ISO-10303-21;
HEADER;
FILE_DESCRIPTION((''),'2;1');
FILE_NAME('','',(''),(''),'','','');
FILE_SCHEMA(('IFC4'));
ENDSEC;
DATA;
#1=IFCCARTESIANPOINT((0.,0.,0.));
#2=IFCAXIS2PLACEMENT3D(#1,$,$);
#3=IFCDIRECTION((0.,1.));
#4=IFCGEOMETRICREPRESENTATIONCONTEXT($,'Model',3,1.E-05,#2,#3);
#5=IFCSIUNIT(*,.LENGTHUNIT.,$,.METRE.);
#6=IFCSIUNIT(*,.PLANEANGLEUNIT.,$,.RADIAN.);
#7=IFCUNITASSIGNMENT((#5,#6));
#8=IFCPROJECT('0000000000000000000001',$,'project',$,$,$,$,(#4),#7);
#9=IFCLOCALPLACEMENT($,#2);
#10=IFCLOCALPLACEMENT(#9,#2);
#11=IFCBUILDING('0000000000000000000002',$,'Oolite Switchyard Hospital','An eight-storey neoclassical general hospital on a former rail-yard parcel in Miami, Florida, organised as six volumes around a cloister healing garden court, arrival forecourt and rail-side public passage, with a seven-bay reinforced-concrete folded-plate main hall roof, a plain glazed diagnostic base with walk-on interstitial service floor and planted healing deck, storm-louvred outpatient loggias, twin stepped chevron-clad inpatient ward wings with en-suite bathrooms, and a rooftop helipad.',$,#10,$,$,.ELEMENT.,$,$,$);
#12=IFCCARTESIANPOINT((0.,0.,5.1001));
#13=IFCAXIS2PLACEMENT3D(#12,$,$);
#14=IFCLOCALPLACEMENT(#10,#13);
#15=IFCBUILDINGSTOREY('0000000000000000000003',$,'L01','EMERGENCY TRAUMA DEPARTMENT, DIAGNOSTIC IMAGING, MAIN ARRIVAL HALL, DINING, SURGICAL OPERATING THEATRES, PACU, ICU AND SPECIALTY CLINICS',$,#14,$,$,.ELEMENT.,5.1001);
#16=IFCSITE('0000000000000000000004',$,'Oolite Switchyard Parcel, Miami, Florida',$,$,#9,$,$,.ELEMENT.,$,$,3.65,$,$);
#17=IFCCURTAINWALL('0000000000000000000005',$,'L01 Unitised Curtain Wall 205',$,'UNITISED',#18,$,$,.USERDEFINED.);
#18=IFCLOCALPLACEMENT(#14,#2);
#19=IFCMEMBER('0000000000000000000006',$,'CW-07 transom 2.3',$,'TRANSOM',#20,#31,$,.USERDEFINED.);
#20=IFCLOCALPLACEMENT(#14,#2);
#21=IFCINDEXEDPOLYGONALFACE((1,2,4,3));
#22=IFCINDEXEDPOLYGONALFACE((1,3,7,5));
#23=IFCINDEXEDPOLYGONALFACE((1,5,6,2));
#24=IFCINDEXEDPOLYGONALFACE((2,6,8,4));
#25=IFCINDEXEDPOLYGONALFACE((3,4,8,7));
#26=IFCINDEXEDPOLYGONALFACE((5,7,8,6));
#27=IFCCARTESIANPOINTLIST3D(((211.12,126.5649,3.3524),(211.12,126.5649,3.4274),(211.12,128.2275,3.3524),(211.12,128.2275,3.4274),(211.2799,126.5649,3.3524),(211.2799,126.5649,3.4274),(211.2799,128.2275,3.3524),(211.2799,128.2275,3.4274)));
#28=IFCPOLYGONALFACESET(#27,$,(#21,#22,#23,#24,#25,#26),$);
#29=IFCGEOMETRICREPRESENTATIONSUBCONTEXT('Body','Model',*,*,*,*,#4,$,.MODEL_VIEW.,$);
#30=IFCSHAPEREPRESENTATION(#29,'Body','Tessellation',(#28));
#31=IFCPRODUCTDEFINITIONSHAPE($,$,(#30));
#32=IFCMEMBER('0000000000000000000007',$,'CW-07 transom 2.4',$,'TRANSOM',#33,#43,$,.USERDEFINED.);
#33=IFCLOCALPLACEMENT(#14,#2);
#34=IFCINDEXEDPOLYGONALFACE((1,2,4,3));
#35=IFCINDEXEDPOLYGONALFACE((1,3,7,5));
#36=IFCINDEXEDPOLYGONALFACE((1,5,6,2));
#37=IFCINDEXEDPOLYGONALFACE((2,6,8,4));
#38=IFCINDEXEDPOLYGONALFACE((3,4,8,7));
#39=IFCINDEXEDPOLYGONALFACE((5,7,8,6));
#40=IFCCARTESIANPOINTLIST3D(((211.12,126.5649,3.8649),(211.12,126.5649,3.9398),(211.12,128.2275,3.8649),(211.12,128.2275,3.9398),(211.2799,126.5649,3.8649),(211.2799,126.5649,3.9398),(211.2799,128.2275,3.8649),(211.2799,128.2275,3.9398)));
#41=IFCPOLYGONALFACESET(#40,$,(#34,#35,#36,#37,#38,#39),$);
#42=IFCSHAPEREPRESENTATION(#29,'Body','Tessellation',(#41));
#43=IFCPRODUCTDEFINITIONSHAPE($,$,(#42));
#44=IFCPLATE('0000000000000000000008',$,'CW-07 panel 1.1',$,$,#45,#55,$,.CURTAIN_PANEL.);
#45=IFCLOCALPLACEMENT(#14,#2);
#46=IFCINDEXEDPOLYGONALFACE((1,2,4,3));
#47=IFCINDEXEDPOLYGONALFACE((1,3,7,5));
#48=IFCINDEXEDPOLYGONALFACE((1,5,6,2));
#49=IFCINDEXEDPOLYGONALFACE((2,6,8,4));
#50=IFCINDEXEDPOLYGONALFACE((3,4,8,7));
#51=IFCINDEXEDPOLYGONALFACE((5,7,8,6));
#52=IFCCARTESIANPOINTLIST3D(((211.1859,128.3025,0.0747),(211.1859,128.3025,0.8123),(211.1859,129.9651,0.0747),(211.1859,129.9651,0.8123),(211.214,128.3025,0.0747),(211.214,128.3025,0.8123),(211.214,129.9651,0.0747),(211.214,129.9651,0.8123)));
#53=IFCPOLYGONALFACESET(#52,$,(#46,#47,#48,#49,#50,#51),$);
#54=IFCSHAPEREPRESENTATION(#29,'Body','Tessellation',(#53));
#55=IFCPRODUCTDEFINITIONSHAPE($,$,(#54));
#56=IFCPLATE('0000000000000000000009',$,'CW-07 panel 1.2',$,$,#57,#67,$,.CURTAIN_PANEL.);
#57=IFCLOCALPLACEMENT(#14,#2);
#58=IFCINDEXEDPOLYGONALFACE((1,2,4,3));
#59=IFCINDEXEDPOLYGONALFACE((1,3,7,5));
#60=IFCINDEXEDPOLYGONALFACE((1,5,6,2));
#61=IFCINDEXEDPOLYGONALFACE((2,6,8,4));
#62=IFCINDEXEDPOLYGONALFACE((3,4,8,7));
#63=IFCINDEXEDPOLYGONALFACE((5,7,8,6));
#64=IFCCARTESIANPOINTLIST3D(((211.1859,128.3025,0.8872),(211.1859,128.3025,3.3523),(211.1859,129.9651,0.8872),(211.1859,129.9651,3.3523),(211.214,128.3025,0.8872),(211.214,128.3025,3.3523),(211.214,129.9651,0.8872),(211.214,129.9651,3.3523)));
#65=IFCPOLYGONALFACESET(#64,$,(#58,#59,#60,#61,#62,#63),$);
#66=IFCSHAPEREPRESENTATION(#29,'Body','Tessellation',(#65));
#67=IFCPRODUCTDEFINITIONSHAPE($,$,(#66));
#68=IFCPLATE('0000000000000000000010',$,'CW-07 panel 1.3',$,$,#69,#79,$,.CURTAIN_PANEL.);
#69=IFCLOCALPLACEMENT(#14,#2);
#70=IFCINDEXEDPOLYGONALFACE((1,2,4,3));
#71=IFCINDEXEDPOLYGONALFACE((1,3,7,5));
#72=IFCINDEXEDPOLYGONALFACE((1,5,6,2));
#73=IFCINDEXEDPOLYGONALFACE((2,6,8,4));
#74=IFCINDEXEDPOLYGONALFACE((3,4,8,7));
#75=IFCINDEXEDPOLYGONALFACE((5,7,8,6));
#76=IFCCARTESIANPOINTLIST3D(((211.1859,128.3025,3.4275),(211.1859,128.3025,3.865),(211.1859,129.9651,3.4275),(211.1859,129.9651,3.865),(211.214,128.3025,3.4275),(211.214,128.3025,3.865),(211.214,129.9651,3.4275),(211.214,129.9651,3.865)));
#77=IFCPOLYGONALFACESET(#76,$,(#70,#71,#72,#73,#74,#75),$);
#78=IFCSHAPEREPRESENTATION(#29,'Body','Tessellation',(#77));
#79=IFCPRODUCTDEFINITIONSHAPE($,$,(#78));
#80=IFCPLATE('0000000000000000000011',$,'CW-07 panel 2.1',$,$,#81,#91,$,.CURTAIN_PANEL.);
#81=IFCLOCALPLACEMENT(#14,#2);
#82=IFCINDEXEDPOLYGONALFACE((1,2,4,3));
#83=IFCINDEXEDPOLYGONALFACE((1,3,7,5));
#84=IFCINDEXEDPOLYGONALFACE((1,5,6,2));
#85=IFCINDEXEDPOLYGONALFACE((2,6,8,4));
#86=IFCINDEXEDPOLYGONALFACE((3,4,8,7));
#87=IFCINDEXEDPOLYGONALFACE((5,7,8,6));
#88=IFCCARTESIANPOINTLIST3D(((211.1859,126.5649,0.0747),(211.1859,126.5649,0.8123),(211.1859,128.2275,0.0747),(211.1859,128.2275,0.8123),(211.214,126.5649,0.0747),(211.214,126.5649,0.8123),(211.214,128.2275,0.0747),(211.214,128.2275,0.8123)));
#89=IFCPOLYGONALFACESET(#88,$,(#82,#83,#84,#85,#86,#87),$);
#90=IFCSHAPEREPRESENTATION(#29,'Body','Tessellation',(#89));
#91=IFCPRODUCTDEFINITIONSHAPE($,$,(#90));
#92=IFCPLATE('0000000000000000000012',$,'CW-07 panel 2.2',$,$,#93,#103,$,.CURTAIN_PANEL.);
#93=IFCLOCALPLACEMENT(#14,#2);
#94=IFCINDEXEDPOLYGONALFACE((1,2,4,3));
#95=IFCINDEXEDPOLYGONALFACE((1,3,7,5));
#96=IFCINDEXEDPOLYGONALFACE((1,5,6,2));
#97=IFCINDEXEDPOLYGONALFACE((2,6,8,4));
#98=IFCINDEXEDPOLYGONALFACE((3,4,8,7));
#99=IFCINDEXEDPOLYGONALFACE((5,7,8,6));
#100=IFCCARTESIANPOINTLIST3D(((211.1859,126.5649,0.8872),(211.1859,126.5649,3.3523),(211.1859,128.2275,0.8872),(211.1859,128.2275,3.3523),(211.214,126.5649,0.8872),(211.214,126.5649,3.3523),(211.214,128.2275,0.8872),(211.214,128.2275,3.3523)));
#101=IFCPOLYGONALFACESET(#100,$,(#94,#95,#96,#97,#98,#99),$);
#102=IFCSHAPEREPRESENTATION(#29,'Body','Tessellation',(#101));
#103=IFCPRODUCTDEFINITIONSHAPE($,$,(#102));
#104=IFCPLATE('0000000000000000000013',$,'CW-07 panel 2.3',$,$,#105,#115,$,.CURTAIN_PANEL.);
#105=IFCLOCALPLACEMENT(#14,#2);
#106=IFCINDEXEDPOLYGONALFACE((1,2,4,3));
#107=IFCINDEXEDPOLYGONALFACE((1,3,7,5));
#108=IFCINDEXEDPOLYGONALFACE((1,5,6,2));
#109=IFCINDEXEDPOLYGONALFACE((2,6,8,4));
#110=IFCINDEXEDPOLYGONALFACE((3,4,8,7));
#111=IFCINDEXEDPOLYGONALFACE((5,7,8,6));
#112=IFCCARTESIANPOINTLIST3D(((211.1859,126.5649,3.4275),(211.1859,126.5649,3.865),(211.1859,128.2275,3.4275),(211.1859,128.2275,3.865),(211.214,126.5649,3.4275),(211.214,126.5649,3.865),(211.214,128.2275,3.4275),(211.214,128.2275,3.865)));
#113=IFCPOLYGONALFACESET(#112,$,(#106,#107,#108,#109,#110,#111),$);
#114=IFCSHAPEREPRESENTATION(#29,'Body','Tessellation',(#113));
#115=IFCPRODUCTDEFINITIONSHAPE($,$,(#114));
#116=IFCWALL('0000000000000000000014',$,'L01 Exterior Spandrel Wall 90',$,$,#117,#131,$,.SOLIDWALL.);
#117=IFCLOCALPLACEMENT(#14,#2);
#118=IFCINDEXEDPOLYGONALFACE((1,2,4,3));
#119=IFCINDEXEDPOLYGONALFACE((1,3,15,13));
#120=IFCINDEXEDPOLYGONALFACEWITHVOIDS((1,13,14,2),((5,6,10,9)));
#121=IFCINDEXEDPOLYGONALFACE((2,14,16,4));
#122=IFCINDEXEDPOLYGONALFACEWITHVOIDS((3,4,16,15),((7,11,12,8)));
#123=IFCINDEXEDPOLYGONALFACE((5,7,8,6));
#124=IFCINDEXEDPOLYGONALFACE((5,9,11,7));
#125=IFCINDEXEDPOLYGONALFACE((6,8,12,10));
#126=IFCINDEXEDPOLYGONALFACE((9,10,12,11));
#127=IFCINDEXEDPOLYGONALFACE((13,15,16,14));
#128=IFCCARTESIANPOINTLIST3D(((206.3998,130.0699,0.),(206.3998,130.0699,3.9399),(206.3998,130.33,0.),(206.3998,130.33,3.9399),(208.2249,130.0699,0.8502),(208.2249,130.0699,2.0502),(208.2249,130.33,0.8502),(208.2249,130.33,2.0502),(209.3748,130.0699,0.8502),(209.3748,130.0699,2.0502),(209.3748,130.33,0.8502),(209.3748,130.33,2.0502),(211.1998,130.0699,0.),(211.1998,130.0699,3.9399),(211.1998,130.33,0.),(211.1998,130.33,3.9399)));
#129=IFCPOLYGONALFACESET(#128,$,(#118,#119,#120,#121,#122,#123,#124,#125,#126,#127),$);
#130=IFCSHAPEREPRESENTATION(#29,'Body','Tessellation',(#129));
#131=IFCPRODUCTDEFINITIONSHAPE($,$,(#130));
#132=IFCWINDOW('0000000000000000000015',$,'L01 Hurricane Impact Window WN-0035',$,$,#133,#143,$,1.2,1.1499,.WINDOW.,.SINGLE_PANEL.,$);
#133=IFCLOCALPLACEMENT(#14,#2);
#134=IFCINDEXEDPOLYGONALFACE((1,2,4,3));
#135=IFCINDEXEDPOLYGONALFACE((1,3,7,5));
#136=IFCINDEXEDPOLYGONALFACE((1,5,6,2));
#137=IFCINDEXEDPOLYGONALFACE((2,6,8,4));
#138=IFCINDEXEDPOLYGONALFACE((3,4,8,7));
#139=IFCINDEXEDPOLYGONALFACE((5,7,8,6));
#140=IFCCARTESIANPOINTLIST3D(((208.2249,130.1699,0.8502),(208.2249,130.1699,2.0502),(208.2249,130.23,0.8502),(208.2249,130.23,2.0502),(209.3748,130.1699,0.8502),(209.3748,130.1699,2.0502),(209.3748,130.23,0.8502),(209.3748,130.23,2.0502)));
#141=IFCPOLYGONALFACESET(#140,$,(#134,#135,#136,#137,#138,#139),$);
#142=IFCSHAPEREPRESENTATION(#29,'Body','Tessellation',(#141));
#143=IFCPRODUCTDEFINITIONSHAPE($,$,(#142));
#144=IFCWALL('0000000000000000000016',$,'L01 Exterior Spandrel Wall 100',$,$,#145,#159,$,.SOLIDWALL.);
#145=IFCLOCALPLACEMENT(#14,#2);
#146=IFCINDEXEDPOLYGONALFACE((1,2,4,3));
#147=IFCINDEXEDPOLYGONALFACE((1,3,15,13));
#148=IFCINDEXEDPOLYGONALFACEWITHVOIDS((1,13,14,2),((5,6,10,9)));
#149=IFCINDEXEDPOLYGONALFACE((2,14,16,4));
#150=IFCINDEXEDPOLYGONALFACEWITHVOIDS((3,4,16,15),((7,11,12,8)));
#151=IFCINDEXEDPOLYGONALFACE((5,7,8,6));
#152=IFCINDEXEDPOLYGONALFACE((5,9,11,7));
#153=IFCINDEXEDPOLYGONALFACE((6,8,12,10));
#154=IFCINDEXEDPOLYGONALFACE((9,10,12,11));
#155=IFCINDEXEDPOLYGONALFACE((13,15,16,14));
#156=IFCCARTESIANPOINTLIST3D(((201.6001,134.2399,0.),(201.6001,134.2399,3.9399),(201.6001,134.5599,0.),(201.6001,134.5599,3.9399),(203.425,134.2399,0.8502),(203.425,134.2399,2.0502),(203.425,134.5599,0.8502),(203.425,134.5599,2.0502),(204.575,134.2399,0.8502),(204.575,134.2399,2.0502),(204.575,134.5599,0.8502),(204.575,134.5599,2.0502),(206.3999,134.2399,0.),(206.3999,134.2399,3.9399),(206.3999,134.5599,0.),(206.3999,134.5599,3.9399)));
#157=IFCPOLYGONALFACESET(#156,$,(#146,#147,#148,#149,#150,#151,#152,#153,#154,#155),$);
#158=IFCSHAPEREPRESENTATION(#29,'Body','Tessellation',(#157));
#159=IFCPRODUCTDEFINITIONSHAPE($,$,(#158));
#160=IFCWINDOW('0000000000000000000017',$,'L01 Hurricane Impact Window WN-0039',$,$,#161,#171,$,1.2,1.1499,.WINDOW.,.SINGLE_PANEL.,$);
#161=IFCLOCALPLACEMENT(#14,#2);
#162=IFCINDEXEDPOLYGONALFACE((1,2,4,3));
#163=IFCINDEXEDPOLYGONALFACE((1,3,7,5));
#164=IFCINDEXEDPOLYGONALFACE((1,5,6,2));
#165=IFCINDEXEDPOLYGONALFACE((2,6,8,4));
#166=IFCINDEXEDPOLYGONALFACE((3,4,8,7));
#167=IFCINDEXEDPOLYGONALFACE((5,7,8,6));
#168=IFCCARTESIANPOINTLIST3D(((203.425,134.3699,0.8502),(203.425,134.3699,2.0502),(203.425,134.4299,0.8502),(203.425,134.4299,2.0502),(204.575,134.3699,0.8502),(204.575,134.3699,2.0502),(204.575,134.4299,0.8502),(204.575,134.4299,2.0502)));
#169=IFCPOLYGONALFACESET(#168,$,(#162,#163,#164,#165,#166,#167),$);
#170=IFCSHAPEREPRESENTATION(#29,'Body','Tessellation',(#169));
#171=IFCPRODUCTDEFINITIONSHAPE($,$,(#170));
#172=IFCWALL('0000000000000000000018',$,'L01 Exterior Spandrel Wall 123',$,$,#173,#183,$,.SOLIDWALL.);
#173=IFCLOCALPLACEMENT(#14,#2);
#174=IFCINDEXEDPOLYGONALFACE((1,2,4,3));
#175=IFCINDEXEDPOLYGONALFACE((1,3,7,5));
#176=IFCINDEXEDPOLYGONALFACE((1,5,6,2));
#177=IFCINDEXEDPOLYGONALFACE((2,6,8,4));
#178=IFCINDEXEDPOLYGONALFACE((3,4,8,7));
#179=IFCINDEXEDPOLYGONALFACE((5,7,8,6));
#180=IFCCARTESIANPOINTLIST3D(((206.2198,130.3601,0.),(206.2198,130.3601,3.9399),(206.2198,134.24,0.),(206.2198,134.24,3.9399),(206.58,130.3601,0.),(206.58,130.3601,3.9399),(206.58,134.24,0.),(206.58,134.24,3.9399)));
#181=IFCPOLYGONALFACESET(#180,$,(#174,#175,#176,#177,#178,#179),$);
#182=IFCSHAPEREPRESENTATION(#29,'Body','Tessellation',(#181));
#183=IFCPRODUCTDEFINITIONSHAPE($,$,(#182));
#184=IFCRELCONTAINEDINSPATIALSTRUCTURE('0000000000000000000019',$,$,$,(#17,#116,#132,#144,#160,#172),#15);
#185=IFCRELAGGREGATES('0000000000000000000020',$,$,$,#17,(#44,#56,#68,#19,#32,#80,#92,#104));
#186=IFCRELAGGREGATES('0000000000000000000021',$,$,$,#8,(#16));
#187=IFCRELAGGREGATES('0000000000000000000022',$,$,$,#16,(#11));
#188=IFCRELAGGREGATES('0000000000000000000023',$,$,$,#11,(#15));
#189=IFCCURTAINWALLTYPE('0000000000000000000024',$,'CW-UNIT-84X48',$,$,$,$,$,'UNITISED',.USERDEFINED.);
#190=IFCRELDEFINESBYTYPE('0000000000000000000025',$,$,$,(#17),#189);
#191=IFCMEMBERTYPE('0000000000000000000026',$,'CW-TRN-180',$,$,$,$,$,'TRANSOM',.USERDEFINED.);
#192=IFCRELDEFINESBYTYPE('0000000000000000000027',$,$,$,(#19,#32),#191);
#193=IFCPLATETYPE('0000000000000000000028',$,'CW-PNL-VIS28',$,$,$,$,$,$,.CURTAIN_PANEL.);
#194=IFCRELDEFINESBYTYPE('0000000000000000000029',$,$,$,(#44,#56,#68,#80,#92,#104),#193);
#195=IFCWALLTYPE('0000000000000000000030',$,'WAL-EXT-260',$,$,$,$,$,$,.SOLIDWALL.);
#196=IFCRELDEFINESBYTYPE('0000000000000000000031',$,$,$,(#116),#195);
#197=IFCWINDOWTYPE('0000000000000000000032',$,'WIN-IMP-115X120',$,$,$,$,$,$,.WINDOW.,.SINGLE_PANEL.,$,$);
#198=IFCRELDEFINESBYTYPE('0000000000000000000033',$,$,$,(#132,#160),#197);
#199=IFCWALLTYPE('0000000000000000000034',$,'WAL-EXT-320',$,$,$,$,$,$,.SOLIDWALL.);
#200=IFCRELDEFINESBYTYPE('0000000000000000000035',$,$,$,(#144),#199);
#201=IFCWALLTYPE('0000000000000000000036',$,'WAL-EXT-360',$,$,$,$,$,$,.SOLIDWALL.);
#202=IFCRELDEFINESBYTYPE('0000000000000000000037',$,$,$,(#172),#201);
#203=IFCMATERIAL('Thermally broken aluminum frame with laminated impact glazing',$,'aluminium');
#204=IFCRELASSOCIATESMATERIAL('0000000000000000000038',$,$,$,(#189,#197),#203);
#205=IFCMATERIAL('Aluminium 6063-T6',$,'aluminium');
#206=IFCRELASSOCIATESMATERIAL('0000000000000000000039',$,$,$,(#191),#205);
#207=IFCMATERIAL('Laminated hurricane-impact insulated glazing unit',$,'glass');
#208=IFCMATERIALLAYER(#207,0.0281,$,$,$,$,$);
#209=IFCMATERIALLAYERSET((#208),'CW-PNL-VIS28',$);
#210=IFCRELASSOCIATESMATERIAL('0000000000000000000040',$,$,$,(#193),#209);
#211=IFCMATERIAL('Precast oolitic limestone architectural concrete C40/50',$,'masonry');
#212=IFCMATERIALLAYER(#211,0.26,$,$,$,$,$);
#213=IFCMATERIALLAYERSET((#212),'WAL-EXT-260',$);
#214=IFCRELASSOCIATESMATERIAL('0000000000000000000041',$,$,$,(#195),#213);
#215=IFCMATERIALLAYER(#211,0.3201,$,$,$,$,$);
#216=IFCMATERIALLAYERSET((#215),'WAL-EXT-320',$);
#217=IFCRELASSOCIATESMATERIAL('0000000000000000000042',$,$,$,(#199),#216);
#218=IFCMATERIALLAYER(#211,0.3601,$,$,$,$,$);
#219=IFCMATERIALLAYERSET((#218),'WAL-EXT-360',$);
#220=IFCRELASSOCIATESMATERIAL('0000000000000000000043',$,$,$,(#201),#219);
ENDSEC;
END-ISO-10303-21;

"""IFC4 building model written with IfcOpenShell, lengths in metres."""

from ifc_helpers import new_model, si_unit, direction, frame, frame_2d, origin, origin_2d, place, context, subcontext, project, spatial, rectangle, extrude, material, layer, layer_set, material_profile, profile_set, type_object, element, fill, aggregate, save


model = new_model("IFC4")

# Units and contexts
model_context = context("Model", 3, precision=1e-05, world=origin(), true_north=direction((0.0, 1.0)))
body_context = subcontext(model_context, "Body", "Model", "MODEL_VIEW")
ifc_project = project(units=[si_unit("LENGTHUNIT", "METRE"), si_unit("PLANEANGLEUNIT", "RADIAN")], contexts=[model_context])

# Site, building, storey
site_placement = place(None, origin())
site = spatial("IfcSite", under=ifc_project, at=site_placement, Name="Oolite Switchyard Parcel, Miami, Florida", CompositionType="ELEMENT", RefElevation=3.65)
building_placement = place(site_placement, origin())
building = spatial("IfcBuilding", under=site, at=building_placement, Name="Oolite Switchyard Hospital", Description="An eight-storey neoclassical general hospital on a former rail-yard parcel in Miami, Florida, organised as six volumes around a cloister healing garden court, arrival forecourt and rail-side public passage, with a seven-bay reinforced-concrete folded-plate main hall roof, a plain glazed diagnostic base with walk-on interstitial service floor and planted healing deck, storm-louvred outpatient loggias, twin stepped chevron-clad inpatient ward wings with en-suite bathrooms, and a rooftop helipad.", CompositionType="ELEMENT")
storey_placement = place(building_placement, frame((0.0, 0.0, 5.1001)))
storey = spatial("IfcBuildingStorey", under=building, at=storey_placement, Name="L01", Description="EMERGENCY TRAUMA DEPARTMENT, DIAGNOSTIC IMAGING, MAIN ARRIVAL HALL, DINING, SURGICAL OPERATING THEATRES, PACU, ICU AND SPECIALTY CLINICS", CompositionType="ELEMENT", Elevation=5.1001)

# Curtain wall, members, plates
ifc_material_1 = material(Name="Thermally broken aluminum frame with laminated impact glazing", Category="aluminium")
curtain_wall_type = type_object("IfcCurtainWallType", Name="CW-UNIT-84X48", ElementType="UNITISED", PredefinedType="USERDEFINED", material=ifc_material_1)
curtain_wall_placement = place(storey_placement, origin())
curtain_wall = element("IfcCurtainWall", 1, at=curtain_wall_placement, inside=storey, type_object=curtain_wall_type, Name="L01 Unitised Curtain Wall 205", ObjectType="UNITISED", PredefinedType="USERDEFINED")
ifc_material_2 = material(Name="Aluminium 6063-T6", Category="aluminium")
ifc_material_profile_1 = material_profile(ifc_material_2, rectangle(XDim=0.1599, YDim=0.075, at=origin_2d()), Name="CWT75X160")
ifc_profile_set_1 = profile_set([ifc_material_profile_1], Name="Aluminium 6063-T6")
member_type_1 = type_object("IfcMemberType", Name="CW-TRN-180", ElementType="TRANSOM", PredefinedType="USERDEFINED", material=ifc_profile_set_1)
member_1_placement = place(storey_placement, frame((211.2, 128.2275, 3.3899), z_axis=(0.0, -1.0, 0.0), x_axis=(1.0, 0.0, 0.0)))
member_1 = element("IfcMember", 2, at=member_1_placement, type_object=member_type_1, Name="CW-07 transom 2.3", ObjectType="TRANSOM", PredefinedType="USERDEFINED", context=body_context, shape_type="SweptSolid", body=[
    extrude(rectangle(XDim=0.1599, YDim=0.075, at=origin_2d()), origin(), (0.0, 0.0, 1.0), 1.6626),
])
member_2_placement = place(storey_placement, frame((211.2, 128.2275, 3.9023), z_axis=(0.0, -1.0, 0.0), x_axis=(1.0, 0.0, 0.0)))
member_2 = element("IfcMember", 3, at=member_2_placement, type_object=member_type_1, Name="CW-07 transom 2.4", ObjectType="TRANSOM", PredefinedType="USERDEFINED", context=body_context, shape_type="SweptSolid", body=[
    extrude(rectangle(XDim=0.1599, YDim=0.075, at=origin_2d()), origin(), (0.0, 0.0, 1.0), 1.6626),
])
ifc_material_3 = material(Name="Laminated hurricane-impact insulated glazing unit", Category="glass")
ifc_layer_1 = layer(ifc_material_3, 0.0281)
ifc_layer_set_1 = layer_set([ifc_layer_1], Name="CW-PNL-VIS28")
plate_type = type_object("IfcPlateType", Name="CW-PNL-VIS28", PredefinedType="CURTAIN_PANEL", material=ifc_layer_set_1)
plate_1_placement = place(storey_placement, frame((211.2, 129.1338, 0.0747), z_axis=(0.0, 0.0, 1.0), x_axis=(0.0, -1.0, 0.0)))
plate_1 = element("IfcPlate", 4, at=plate_1_placement, type_object=plate_type, Name="CW-07 panel 1.1", PredefinedType="CURTAIN_PANEL", context=body_context, shape_type="SweptSolid", body=[
    extrude(rectangle(XDim=1.6626, YDim=0.0281, at=origin_2d()), origin(), (0.0, 0.0, 1.0), 0.7375),
])
plate_2_placement = place(storey_placement, frame((211.2, 129.1338, 0.8872), z_axis=(0.0, 0.0, 1.0), x_axis=(0.0, -1.0, 0.0)))
plate_2 = element("IfcPlate", 5, at=plate_2_placement, type_object=plate_type, Name="CW-07 panel 1.2", PredefinedType="CURTAIN_PANEL", context=body_context, shape_type="SweptSolid", body=[
    extrude(rectangle(XDim=1.6626, YDim=0.0281, at=origin_2d()), origin(), (0.0, 0.0, 1.0), 2.4651),
])
plate_3_placement = place(storey_placement, frame((211.2, 129.1338, 3.4275), z_axis=(0.0, 0.0, 1.0), x_axis=(0.0, -1.0, 0.0)))
plate_3 = element("IfcPlate", 6, at=plate_3_placement, type_object=plate_type, Name="CW-07 panel 1.3", PredefinedType="CURTAIN_PANEL", context=body_context, shape_type="SweptSolid", body=[
    extrude(rectangle(XDim=1.6626, YDim=0.0281, at=origin_2d()), origin(), (0.0, 0.0, 1.0), 0.4375),
])
plate_4_placement = place(storey_placement, frame((211.2, 127.3962, 0.0747), z_axis=(0.0, 0.0, 1.0), x_axis=(0.0, -1.0, 0.0)))
plate_4 = element("IfcPlate", 7, at=plate_4_placement, type_object=plate_type, Name="CW-07 panel 2.1", PredefinedType="CURTAIN_PANEL", context=body_context, shape_type="SweptSolid", body=[
    extrude(rectangle(XDim=1.6626, YDim=0.0281, at=origin_2d()), origin(), (0.0, 0.0, 1.0), 0.7375),
])
plate_5_placement = place(storey_placement, frame((211.2, 127.3962, 0.8872), z_axis=(0.0, 0.0, 1.0), x_axis=(0.0, -1.0, 0.0)))
plate_5 = element("IfcPlate", 8, at=plate_5_placement, type_object=plate_type, Name="CW-07 panel 2.2", PredefinedType="CURTAIN_PANEL", context=body_context, shape_type="SweptSolid", body=[
    extrude(rectangle(XDim=1.6626, YDim=0.0281, at=origin_2d()), origin(), (0.0, 0.0, 1.0), 2.4651),
])
plate_6_placement = place(storey_placement, frame((211.2, 127.3962, 3.4275), z_axis=(0.0, 0.0, 1.0), x_axis=(0.0, -1.0, 0.0)))
plate_6 = element("IfcPlate", 9, at=plate_6_placement, type_object=plate_type, Name="CW-07 panel 2.3", PredefinedType="CURTAIN_PANEL", context=body_context, shape_type="SweptSolid", body=[
    extrude(rectangle(XDim=1.6626, YDim=0.0281, at=origin_2d()), origin(), (0.0, 0.0, 1.0), 0.4375),
])
aggregate(curtain_wall, [plate_1, plate_2, plate_3, member_1, member_2, plate_4, plate_5, plate_6])

# Walls, openings, windows
ifc_material_4 = material(Name="Precast oolitic limestone architectural concrete C40/50", Category="masonry")
ifc_layer_2 = layer(ifc_material_4, 0.26)
ifc_layer_set_2 = layer_set([ifc_layer_2], Name="WAL-EXT-260")
wall_type_1 = type_object("IfcWallType", Name="WAL-EXT-260", PredefinedType="SOLIDWALL", material=ifc_layer_set_2)
wall_1_placement = place(storey_placement, frame((206.3999, 130.2, 0.0), z_axis=(0.0, 0.0, 1.0), x_axis=(1.0, 0.0, 0.0)))
wall_1 = element("IfcWall", 10, at=wall_1_placement, inside=storey, type_object=wall_type_1, Name="L01 Exterior Spandrel Wall 90", PredefinedType="SOLIDWALL", context=body_context, shape_type="SweptSolid", body=[
    extrude(rectangle(XDim=4.8, YDim=0.26, at=frame_2d((2.3999, 0.0))), origin(), (0.0, 0.0, 1.0), 3.9399),
])
opening_1_placement = place(wall_1_placement, frame((1.825, 0.0, 0.8501)))
opening_1 = element("IfcOpeningElement", 11, at=opening_1_placement, cuts=wall_1, PredefinedType="OPENING", context=body_context, shape_type="SweptSolid", body=[
    extrude(rectangle(XDim=1.1499, YDim=1.2, at=frame_2d((0.575, 0.6001))), frame((0.0, 0.1401, 0.0), z_axis=(0.0, -1.0, 0.0), x_axis=(1.0, 0.0, 0.0)), (0.0, 0.0, 1.0), 0.28),
])
window_type = type_object("IfcWindowType", Name="WIN-IMP-115X120", PartitioningType="SINGLE_PANEL", PredefinedType="WINDOW", material=ifc_material_1)
window_1_placement = place(opening_1_placement, origin())
window_1 = element("IfcWindow", 12, at=window_1_placement, inside=storey, type_object=window_type, Name="L01 Hurricane Impact Window WN-0035", OverallHeight=1.2, OverallWidth=1.1499, PartitioningType="SINGLE_PANEL", PredefinedType="WINDOW", context=body_context, shape_type="SweptSolid", body=[
    extrude(rectangle(XDim=1.1499, YDim=1.2, at=frame_2d((0.575, 0.6001))), frame((0.0, 0.03, 0.0), z_axis=(0.0, -1.0, 0.0), x_axis=(1.0, 0.0, 0.0)), (0.0, 0.0, 1.0), 0.0601),
])
fill(opening_1, window_1)
ifc_layer_3 = layer(ifc_material_4, 0.3201)
ifc_layer_set_3 = layer_set([ifc_layer_3], Name="WAL-EXT-320")
wall_type_2 = type_object("IfcWallType", Name="WAL-EXT-320", PredefinedType="SOLIDWALL", material=ifc_layer_set_3)
wall_2_placement = place(storey_placement, frame((201.6001, 134.3999, 0.0), z_axis=(0.0, 0.0, 1.0), x_axis=(1.0, 0.0, 0.0)))
wall_2 = element("IfcWall", 13, at=wall_2_placement, inside=storey, type_object=wall_type_2, Name="L01 Exterior Spandrel Wall 100", PredefinedType="SOLIDWALL", context=body_context, shape_type="SweptSolid", body=[
    extrude(rectangle(XDim=4.7998, YDim=0.3201, at=frame_2d((2.3999, 0.0))), origin(), (0.0, 0.0, 1.0), 3.9399),
])
opening_2_placement = place(wall_2_placement, frame((1.825, 0.0, 0.8501)))
opening_2 = element("IfcOpeningElement", 14, at=opening_2_placement, cuts=wall_2, PredefinedType="OPENING", context=body_context, shape_type="SweptSolid", body=[
    extrude(rectangle(XDim=1.1499, YDim=1.2, at=frame_2d((0.575, 0.6001))), frame((0.0, 0.1699, 0.0), z_axis=(0.0, -1.0, 0.0), x_axis=(1.0, 0.0, 0.0)), (0.0, 0.0, 1.0), 0.3401),
])
window_2_placement = place(opening_2_placement, origin())
window_2 = element("IfcWindow", 15, at=window_2_placement, inside=storey, type_object=window_type, Name="L01 Hurricane Impact Window WN-0039", OverallHeight=1.2, OverallWidth=1.1499, PartitioningType="SINGLE_PANEL", PredefinedType="WINDOW", context=body_context, shape_type="SweptSolid", body=[
    extrude(rectangle(XDim=1.1499, YDim=1.2, at=frame_2d((0.575, 0.6001))), frame((0.0, 0.03, 0.0), z_axis=(0.0, -1.0, 0.0), x_axis=(1.0, 0.0, 0.0)), (0.0, 0.0, 1.0), 0.0601),
])
fill(opening_2, window_2)

# Wall
ifc_layer_4 = layer(ifc_material_4, 0.3601)
ifc_layer_set_4 = layer_set([ifc_layer_4], Name="WAL-EXT-360")
wall_type_3 = type_object("IfcWallType", Name="WAL-EXT-360", PredefinedType="SOLIDWALL", material=ifc_layer_set_4)
wall_3_placement = place(storey_placement, frame((206.3999, 134.24, 0.0), z_axis=(0.0, 0.0, 1.0), x_axis=(0.0, -1.0, 0.0)))
element("IfcWall", 16, at=wall_3_placement, inside=storey, type_object=wall_type_3, Name="L01 Exterior Spandrel Wall 123", PredefinedType="SOLIDWALL", context=body_context, shape_type="SweptSolid", body=[
    extrude(rectangle(XDim=3.8799, YDim=0.3601, at=frame_2d((1.9399, 0.0))), origin(), (0.0, 0.0, 1.0), 3.9399),
])

save(model, "model.ifc")
